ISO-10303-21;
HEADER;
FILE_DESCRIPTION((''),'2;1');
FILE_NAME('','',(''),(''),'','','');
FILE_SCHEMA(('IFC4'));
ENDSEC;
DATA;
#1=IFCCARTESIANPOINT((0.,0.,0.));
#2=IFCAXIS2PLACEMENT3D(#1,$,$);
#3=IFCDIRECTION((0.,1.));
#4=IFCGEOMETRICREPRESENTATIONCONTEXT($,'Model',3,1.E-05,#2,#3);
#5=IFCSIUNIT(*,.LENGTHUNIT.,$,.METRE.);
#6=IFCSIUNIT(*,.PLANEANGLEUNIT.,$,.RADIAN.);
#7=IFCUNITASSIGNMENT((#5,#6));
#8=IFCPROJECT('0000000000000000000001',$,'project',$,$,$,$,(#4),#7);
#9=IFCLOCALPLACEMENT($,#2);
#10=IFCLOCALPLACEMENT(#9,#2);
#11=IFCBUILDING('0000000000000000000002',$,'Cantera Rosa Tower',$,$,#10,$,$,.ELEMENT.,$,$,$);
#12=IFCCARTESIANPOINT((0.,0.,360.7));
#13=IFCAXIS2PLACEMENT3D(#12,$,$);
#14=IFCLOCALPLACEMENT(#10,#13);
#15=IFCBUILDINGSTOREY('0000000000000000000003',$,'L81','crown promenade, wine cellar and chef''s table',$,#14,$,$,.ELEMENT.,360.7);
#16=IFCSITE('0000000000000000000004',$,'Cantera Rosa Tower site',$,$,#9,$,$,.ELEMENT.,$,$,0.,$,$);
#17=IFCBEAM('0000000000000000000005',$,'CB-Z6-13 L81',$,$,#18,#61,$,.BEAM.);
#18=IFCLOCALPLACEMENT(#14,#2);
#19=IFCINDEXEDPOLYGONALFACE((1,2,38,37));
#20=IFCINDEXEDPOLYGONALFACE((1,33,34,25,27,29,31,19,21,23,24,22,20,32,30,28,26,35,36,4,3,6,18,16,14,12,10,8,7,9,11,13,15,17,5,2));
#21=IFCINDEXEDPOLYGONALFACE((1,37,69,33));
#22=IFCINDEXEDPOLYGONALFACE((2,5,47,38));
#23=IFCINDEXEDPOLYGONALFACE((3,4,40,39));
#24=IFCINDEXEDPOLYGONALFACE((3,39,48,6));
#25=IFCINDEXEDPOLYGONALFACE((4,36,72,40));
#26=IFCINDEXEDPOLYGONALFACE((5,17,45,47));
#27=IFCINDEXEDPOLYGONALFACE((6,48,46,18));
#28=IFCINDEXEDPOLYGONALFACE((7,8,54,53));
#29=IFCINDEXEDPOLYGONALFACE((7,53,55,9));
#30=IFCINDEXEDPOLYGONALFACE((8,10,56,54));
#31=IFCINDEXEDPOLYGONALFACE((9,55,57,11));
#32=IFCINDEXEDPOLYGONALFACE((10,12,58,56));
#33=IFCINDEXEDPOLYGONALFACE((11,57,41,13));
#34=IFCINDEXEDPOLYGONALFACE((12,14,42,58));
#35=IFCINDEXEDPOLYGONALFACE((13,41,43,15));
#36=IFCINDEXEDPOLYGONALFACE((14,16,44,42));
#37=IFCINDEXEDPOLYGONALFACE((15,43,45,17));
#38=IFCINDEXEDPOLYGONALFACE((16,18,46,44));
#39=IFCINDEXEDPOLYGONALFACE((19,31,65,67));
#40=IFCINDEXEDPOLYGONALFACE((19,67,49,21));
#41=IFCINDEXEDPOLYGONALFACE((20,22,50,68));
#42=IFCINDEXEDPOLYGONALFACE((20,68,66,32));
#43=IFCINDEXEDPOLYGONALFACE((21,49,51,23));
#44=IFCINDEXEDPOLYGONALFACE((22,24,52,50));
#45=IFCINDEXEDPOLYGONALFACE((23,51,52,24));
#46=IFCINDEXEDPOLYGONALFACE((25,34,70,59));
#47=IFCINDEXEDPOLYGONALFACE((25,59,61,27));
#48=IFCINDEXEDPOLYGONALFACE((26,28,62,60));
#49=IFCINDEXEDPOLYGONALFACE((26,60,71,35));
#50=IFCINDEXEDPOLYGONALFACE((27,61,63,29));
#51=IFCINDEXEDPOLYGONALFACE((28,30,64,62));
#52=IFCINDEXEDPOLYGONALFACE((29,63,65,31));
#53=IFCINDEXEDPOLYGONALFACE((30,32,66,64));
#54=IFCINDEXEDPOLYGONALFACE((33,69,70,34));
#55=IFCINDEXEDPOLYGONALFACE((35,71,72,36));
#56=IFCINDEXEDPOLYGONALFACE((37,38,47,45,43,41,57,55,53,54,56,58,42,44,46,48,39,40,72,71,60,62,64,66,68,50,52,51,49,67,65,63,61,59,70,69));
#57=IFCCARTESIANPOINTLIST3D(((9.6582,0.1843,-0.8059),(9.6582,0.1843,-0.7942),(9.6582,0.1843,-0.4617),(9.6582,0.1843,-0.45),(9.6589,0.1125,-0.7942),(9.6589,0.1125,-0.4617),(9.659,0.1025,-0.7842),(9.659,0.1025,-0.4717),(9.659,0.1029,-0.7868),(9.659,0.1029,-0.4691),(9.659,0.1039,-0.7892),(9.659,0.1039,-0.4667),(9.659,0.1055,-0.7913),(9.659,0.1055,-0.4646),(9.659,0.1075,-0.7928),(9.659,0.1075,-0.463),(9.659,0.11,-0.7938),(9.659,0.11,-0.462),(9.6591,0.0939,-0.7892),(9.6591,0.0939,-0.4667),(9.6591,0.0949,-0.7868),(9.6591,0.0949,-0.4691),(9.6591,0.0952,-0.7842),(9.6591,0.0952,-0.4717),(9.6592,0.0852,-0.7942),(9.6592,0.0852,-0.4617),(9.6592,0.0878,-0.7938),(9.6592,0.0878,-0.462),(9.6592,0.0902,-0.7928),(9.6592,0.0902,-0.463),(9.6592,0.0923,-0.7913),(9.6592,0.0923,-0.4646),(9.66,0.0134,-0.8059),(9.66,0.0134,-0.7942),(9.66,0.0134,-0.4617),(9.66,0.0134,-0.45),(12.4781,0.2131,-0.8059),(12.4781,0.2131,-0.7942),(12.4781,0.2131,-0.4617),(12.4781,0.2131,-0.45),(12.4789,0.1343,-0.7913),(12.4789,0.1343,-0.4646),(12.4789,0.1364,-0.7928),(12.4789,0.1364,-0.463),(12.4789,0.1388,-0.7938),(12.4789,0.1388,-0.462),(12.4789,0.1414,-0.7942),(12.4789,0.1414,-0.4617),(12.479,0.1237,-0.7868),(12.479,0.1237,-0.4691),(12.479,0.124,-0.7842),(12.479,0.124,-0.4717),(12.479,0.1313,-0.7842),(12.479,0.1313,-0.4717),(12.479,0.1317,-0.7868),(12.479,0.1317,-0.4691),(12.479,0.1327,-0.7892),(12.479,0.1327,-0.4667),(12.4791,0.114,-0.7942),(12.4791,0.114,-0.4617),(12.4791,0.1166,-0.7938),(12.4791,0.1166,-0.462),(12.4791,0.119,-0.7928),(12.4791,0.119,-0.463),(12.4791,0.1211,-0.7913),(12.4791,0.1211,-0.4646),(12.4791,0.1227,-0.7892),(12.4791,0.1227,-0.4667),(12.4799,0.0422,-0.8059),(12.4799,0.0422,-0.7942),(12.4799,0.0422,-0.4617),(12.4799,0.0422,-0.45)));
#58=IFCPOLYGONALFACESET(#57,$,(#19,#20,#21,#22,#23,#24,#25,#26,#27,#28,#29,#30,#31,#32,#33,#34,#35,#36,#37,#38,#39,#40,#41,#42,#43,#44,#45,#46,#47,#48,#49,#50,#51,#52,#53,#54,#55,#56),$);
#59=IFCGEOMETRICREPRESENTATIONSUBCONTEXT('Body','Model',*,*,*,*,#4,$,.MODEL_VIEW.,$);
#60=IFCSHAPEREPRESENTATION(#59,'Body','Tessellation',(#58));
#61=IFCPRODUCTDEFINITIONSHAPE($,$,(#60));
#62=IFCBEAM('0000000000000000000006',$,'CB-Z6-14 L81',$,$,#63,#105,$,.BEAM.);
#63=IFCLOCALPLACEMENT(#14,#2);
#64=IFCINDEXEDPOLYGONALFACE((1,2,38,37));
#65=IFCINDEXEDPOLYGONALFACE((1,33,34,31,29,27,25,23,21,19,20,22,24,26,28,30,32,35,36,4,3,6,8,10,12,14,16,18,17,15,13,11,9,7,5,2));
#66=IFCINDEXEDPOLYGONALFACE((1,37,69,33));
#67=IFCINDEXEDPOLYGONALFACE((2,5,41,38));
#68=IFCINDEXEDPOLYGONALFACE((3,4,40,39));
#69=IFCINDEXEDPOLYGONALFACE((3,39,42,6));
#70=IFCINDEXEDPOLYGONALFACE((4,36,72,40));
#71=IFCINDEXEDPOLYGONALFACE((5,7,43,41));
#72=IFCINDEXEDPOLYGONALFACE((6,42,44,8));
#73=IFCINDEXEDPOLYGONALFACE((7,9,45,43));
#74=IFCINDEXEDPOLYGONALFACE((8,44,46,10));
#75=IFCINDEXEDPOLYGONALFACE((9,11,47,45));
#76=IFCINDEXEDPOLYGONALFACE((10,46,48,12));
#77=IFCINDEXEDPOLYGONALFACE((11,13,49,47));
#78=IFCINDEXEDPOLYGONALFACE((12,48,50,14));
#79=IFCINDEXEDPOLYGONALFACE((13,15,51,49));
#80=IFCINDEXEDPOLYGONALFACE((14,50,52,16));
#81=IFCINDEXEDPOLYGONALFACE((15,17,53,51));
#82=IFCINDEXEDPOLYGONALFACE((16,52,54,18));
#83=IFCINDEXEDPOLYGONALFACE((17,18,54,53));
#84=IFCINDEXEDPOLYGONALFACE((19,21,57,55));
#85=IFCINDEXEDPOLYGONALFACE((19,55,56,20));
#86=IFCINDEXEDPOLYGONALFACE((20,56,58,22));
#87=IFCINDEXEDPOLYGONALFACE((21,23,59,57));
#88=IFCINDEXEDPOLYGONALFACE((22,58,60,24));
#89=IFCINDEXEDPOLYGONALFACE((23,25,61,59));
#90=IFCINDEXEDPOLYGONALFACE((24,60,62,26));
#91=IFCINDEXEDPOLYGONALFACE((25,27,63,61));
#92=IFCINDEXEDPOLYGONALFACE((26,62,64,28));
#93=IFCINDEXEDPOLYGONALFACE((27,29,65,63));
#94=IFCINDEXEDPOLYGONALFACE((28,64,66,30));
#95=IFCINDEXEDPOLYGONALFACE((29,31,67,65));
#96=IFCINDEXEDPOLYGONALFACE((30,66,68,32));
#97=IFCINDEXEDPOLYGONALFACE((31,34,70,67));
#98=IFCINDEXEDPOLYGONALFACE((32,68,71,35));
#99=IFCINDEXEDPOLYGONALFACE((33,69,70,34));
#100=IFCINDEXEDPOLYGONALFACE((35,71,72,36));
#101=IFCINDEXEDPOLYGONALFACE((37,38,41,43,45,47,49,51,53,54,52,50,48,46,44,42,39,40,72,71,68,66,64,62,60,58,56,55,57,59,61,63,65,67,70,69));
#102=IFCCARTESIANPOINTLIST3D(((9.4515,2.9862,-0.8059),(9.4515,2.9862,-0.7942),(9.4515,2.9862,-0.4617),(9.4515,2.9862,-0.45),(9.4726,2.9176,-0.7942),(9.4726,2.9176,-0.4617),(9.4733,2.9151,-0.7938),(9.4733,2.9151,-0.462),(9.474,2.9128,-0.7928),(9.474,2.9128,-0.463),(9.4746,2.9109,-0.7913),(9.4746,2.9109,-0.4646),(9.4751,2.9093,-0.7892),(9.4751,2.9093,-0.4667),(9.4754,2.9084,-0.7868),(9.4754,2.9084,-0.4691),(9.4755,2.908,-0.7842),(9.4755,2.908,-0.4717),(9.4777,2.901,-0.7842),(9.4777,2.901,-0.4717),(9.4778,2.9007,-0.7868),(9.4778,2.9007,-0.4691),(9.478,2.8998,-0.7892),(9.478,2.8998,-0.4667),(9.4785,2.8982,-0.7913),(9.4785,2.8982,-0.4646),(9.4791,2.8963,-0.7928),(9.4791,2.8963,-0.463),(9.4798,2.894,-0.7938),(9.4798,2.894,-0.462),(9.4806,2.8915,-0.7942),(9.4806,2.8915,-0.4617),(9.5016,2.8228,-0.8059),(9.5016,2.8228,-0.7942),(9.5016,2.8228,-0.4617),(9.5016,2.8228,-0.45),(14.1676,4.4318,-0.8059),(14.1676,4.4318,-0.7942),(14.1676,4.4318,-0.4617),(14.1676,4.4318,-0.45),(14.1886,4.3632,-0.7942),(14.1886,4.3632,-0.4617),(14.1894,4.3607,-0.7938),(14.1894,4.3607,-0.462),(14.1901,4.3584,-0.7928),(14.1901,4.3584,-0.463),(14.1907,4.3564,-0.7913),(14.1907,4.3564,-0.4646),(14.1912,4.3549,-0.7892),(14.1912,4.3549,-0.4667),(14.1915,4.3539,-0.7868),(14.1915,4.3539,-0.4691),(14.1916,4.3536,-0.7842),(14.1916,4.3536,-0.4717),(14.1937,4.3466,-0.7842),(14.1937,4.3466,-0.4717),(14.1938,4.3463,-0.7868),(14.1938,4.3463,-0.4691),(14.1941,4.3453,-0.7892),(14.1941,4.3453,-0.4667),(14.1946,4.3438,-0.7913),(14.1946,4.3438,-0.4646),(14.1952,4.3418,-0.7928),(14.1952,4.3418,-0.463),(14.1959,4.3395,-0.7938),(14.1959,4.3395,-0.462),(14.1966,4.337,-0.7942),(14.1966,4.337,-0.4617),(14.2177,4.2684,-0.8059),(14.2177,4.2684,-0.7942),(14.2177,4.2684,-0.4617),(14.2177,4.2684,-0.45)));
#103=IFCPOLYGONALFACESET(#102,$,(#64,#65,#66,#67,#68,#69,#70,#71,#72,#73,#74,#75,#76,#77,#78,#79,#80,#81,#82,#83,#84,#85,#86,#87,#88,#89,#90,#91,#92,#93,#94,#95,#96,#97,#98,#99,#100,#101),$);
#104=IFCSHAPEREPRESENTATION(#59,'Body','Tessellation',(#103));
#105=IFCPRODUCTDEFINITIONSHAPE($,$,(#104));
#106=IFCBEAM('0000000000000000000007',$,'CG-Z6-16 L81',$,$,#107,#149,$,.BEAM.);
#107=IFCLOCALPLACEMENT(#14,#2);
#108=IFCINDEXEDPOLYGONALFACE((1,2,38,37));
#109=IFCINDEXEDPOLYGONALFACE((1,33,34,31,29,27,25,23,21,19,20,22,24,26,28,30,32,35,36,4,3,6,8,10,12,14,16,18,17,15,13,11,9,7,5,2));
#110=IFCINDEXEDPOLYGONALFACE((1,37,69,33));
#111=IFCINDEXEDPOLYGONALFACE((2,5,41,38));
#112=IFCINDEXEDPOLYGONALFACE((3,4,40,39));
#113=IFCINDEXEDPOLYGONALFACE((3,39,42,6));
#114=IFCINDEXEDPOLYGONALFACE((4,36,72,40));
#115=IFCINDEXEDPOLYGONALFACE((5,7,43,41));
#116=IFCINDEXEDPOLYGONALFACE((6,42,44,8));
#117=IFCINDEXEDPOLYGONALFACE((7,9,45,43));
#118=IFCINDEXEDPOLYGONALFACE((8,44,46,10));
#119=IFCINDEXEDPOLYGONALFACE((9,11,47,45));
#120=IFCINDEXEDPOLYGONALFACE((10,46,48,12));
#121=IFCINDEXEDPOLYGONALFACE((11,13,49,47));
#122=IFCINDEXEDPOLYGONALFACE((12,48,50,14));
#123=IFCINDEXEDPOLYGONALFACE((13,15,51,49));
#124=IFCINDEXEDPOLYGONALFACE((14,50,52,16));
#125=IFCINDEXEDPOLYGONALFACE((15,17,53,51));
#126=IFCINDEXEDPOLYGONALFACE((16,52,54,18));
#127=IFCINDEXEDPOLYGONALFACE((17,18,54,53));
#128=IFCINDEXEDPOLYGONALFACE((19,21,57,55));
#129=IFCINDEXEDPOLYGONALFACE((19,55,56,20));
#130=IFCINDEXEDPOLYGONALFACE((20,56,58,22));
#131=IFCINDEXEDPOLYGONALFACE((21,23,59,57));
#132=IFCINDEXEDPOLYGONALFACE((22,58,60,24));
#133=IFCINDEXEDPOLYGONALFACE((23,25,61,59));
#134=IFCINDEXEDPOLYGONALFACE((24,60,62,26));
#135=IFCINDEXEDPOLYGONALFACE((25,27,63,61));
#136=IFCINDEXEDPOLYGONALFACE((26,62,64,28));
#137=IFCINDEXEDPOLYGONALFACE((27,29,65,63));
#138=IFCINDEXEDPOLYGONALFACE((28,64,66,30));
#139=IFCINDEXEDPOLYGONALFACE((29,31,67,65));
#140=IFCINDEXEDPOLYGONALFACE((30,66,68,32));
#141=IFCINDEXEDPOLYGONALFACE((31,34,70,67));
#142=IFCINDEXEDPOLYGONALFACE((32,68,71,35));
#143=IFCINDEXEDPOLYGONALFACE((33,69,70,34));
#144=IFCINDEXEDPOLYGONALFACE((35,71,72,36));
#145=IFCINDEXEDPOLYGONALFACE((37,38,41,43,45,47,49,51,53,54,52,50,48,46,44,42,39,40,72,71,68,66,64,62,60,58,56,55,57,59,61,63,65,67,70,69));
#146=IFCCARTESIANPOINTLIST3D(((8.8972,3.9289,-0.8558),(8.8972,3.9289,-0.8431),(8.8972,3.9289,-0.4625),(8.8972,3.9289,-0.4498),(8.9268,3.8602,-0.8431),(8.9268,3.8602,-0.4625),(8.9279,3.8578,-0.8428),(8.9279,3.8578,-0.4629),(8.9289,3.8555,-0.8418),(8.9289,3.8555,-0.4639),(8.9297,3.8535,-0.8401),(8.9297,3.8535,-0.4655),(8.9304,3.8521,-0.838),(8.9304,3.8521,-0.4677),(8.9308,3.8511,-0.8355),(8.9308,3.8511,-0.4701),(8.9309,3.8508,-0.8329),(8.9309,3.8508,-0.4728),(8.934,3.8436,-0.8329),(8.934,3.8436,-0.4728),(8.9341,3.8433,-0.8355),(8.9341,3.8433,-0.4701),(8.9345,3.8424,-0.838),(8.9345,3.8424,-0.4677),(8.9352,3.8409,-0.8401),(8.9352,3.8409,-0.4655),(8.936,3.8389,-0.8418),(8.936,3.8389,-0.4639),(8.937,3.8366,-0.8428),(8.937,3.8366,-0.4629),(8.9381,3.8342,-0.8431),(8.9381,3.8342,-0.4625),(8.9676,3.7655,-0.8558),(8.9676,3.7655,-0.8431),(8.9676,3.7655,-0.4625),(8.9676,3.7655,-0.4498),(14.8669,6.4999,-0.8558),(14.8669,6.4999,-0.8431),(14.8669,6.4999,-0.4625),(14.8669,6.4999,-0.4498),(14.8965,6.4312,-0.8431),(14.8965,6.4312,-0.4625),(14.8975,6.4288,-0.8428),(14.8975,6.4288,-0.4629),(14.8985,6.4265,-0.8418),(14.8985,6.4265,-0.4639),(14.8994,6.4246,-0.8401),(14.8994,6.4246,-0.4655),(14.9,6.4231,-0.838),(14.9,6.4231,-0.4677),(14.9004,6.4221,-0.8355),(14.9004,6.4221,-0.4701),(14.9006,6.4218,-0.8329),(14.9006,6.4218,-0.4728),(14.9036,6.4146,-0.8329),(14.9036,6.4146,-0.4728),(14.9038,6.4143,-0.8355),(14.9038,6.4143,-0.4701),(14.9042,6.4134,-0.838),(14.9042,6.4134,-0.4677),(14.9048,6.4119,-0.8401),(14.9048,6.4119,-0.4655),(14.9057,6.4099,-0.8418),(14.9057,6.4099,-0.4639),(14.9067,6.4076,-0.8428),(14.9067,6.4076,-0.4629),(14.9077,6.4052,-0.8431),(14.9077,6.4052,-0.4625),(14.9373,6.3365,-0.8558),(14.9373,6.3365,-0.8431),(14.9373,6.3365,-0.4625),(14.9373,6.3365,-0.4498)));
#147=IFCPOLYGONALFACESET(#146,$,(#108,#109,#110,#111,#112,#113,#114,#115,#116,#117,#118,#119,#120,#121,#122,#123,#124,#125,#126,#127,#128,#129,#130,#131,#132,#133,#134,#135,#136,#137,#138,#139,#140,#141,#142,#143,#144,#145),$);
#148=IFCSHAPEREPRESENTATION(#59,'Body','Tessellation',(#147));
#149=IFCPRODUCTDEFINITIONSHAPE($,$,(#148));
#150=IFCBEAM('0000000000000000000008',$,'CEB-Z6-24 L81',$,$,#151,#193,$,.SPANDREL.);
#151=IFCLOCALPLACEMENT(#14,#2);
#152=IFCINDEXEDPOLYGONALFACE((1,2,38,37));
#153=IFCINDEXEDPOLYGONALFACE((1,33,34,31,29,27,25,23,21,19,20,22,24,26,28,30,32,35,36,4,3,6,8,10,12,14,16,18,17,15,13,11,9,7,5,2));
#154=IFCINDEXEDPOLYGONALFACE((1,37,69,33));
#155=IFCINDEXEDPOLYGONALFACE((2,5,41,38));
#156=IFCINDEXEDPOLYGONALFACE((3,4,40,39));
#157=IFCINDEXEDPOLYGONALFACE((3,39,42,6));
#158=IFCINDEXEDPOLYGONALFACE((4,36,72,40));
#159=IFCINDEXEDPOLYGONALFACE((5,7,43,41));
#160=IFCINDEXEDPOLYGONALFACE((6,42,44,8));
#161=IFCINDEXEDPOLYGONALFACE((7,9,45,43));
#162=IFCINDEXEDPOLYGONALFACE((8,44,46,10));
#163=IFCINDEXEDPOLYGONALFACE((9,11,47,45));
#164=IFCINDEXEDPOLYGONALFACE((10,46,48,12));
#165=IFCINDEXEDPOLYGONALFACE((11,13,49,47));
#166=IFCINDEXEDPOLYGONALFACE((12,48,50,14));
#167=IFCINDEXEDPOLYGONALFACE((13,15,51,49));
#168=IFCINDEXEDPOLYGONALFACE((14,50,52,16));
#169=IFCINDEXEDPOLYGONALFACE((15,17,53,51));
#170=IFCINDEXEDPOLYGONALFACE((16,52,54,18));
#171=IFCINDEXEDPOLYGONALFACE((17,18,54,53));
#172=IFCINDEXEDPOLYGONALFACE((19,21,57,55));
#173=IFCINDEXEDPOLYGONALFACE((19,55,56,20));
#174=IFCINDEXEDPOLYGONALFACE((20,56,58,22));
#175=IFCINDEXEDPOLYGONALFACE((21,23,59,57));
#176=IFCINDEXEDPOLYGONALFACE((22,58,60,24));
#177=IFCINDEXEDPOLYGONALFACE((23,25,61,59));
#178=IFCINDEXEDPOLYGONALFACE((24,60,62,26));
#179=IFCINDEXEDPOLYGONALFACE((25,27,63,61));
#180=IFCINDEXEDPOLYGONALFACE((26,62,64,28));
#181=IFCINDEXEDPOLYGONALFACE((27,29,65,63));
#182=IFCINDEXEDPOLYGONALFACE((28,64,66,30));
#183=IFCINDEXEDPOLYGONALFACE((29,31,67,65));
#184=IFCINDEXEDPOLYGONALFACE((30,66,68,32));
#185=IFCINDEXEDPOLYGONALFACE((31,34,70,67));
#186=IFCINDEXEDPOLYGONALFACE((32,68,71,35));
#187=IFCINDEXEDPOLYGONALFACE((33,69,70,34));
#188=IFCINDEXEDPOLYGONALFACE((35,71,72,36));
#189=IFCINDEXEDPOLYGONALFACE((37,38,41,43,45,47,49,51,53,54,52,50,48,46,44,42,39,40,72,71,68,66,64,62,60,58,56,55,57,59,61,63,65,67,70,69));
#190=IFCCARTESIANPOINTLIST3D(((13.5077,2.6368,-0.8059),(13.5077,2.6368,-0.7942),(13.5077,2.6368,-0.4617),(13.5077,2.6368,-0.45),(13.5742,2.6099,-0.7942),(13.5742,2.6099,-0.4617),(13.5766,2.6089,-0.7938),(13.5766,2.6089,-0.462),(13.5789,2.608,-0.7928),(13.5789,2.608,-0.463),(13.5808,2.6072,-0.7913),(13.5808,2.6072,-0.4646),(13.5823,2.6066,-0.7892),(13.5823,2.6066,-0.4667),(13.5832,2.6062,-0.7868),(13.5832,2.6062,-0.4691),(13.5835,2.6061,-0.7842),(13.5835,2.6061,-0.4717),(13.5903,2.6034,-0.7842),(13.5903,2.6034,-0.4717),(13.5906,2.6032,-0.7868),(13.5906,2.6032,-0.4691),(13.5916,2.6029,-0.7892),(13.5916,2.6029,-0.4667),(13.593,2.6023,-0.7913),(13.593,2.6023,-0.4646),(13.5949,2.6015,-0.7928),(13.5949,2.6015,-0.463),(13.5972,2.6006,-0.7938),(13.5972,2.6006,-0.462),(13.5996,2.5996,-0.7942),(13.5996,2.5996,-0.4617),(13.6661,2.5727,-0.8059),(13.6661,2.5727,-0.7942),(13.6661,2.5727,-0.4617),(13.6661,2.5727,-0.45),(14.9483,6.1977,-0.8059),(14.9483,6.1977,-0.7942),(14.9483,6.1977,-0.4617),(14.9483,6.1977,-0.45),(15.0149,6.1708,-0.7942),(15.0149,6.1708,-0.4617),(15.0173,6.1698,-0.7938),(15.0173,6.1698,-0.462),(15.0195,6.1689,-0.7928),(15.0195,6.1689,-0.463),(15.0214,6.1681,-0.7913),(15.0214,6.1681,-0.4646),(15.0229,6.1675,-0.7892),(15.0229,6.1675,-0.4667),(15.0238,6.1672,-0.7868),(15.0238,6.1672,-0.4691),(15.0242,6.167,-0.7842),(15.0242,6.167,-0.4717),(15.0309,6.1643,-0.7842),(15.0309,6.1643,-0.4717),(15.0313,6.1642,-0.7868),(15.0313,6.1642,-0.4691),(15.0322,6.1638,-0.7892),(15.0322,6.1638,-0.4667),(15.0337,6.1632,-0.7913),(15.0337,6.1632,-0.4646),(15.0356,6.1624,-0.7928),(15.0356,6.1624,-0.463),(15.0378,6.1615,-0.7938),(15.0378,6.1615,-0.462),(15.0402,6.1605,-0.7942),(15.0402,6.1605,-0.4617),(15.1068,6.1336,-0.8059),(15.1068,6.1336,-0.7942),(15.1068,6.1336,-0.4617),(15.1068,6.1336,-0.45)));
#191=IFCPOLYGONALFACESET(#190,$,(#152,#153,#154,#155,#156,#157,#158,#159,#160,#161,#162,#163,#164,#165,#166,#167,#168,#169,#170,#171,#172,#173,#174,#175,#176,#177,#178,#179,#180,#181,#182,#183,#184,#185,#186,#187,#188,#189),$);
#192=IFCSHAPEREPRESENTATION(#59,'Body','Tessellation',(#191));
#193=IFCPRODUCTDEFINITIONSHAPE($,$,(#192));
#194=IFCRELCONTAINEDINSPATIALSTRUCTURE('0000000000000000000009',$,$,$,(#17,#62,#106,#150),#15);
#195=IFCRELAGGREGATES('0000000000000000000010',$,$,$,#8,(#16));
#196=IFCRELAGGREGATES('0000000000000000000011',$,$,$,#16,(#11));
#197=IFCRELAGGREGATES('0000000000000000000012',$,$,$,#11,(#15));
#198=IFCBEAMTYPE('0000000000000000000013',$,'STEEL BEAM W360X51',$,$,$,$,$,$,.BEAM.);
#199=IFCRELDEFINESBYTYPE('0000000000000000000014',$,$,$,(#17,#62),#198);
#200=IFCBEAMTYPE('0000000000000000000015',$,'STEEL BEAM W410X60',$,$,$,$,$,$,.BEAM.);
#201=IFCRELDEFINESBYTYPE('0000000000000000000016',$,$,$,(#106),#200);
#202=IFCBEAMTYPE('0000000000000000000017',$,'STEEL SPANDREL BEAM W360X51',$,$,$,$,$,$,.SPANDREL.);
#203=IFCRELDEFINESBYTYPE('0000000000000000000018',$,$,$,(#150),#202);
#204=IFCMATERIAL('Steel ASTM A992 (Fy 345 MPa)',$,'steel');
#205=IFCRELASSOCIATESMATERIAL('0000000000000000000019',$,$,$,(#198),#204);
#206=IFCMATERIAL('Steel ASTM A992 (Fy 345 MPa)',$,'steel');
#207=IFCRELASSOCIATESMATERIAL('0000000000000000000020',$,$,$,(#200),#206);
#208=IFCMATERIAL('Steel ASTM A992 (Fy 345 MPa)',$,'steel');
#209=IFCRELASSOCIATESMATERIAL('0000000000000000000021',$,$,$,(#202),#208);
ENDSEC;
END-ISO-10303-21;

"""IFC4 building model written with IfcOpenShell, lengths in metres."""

from ifc_helpers import new_model, si_unit, direction, frame, origin, origin_2d, place, context, subcontext, project, spatial, i_section, extrude, material, material_profile, profile_set, type_object, element, save


model = new_model("IFC4")

# Units and contexts
model_context = context("Model", 3, precision=1e-05, world=origin(), true_north=direction((0.0, 1.0)))
body_context = subcontext(model_context, "Body", "Model", "MODEL_VIEW")
ifc_project = project(units=[si_unit("LENGTHUNIT", "METRE"), si_unit("PLANEANGLEUNIT", "RADIAN")], contexts=[model_context])

# Site, building, storey
site_placement = place(None, origin())
site = spatial("IfcSite", under=ifc_project, at=site_placement, Name="Cantera Rosa Tower site", CompositionType="ELEMENT", RefElevation=0.0)
building_placement = place(site_placement, origin())
building = spatial("IfcBuilding", under=site, at=building_placement, Name="Cantera Rosa Tower", CompositionType="ELEMENT")
storey_placement = place(building_placement, frame((0.0, 0.0, 360.7)))
storey = spatial("IfcBuildingStorey", under=building, at=storey_placement, Name="L81", Description="crown promenade, wine cellar and chef's table", CompositionType="ELEMENT", Elevation=360.7)

# Beams
ifc_material_1 = material(Name="Steel ASTM A992 (Fy 345 MPa)", Category="steel")
ifc_material_profile_1 = material_profile(ifc_material_1, i_section(OverallWidth=0.1709, OverallDepth=0.356, WebThickness=0.0073, FlangeThickness=0.0117, FilletRadius=0.01, at=origin_2d()), Name="W360X51")
ifc_profile_set_1 = profile_set([ifc_material_profile_1], Name="Steel ASTM A992 (Fy 345 MPa)")
beam_type_1 = type_object("IfcBeamType", Name="STEEL BEAM W360X51", PredefinedType="BEAM", material=ifc_profile_set_1)
beam_1_placement = place(storey_placement, frame((12.479, 0.1277, -0.6279), z_axis=(-0.999948, -0.010216, 0.0), x_axis=(0.010216, -0.999948, 0.0)))
element("IfcBeam", 1, at=beam_1_placement, inside=storey, type_object=beam_type_1, Name="CB-Z6-13 L81", PredefinedType="BEAM", context=body_context, shape_type="SweptSolid", body=[
    extrude(i_section(OverallWidth=0.1709, OverallDepth=0.356, WebThickness=0.0073, FlangeThickness=0.0117, FilletRadius=0.01, at=origin_2d()), origin(), (0.0, 0.0, 1.0), 2.8201),
])
beam_2_placement = place(storey_placement, frame((14.1926, 4.3501, -0.6279), z_axis=(-0.956094, -0.29306, 0.0), x_axis=(0.29306, -0.956094, 0.0)))
element("IfcBeam", 2, at=beam_2_placement, inside=storey, type_object=beam_type_1, Name="CB-Z6-14 L81", PredefinedType="BEAM", context=body_context, shape_type="SweptSolid", body=[
    extrude(i_section(OverallWidth=0.1709, OverallDepth=0.356, WebThickness=0.0073, FlangeThickness=0.0117, FilletRadius=0.01, at=origin_2d()), origin(), (0.0, 0.0, 1.0), 4.9326),
])
ifc_material_2 = material(Name="Steel ASTM A992 (Fy 345 MPa)", Category="steel")
ifc_material_profile_2 = material_profile(ifc_material_2, i_section(OverallWidth=0.178, OverallDepth=0.406, WebThickness=0.0078, FlangeThickness=0.0127, FilletRadius=0.0103, at=origin_2d()), Name="W410X60")
ifc_profile_set_2 = profile_set([ifc_material_profile_2], Name="Steel ASTM A992 (Fy 345 MPa)")
beam_type_2 = type_object("IfcBeamType", Name="STEEL BEAM W410X60", PredefinedType="BEAM", material=ifc_profile_set_2)
beam_3_placement = place(storey_placement, frame((14.9021, 6.4182, -0.6528), z_axis=(-0.918442, -0.395555, 0.0), x_axis=(0.395555, -0.918442, 0.0)))
element("IfcBeam", 3, at=beam_3_placement, inside=storey, type_object=beam_type_2, Name="CG-Z6-16 L81", PredefinedType="BEAM", context=body_context, shape_type="SweptSolid", body=[
    extrude(i_section(OverallWidth=0.178, OverallDepth=0.406, WebThickness=0.0078, FlangeThickness=0.0127, FilletRadius=0.0103, at=origin_2d()), origin(), (0.0, 0.0, 1.0), 6.4998),
])
ifc_material_3 = material(Name="Steel ASTM A992 (Fy 345 MPa)", Category="steel")
ifc_material_profile_3 = material_profile(ifc_material_3, i_section(OverallWidth=0.1709, OverallDepth=0.356, WebThickness=0.0073, FlangeThickness=0.0117, FilletRadius=0.01, at=origin_2d()), Name="W360X51")
ifc_profile_set_3 = profile_set([ifc_material_profile_3], Name="Steel ASTM A992 (Fy 345 MPa)")
beam_type_3 = type_object("IfcBeamType", Name="STEEL SPANDREL BEAM W360X51", PredefinedType="SPANDREL", material=ifc_profile_set_3)
beam_4_placement = place(storey_placement, frame((13.5869, 2.6047, -0.6279), z_axis=(0.375037, 0.92701, 0.0), x_axis=(-0.92701, 0.375037, 0.0)))
element("IfcBeam", 4, at=beam_4_placement, inside=storey, type_object=beam_type_3, Name="CEB-Z6-24 L81", PredefinedType="SPANDREL", context=body_context, shape_type="SweptSolid", body=[
    extrude(i_section(OverallWidth=0.1709, OverallDepth=0.356, WebThickness=0.0073, FlangeThickness=0.0117, FilletRadius=0.01, at=origin_2d()), origin(), (0.0, 0.0, 1.0), 3.8413),
])

save(model, "model.ifc")
